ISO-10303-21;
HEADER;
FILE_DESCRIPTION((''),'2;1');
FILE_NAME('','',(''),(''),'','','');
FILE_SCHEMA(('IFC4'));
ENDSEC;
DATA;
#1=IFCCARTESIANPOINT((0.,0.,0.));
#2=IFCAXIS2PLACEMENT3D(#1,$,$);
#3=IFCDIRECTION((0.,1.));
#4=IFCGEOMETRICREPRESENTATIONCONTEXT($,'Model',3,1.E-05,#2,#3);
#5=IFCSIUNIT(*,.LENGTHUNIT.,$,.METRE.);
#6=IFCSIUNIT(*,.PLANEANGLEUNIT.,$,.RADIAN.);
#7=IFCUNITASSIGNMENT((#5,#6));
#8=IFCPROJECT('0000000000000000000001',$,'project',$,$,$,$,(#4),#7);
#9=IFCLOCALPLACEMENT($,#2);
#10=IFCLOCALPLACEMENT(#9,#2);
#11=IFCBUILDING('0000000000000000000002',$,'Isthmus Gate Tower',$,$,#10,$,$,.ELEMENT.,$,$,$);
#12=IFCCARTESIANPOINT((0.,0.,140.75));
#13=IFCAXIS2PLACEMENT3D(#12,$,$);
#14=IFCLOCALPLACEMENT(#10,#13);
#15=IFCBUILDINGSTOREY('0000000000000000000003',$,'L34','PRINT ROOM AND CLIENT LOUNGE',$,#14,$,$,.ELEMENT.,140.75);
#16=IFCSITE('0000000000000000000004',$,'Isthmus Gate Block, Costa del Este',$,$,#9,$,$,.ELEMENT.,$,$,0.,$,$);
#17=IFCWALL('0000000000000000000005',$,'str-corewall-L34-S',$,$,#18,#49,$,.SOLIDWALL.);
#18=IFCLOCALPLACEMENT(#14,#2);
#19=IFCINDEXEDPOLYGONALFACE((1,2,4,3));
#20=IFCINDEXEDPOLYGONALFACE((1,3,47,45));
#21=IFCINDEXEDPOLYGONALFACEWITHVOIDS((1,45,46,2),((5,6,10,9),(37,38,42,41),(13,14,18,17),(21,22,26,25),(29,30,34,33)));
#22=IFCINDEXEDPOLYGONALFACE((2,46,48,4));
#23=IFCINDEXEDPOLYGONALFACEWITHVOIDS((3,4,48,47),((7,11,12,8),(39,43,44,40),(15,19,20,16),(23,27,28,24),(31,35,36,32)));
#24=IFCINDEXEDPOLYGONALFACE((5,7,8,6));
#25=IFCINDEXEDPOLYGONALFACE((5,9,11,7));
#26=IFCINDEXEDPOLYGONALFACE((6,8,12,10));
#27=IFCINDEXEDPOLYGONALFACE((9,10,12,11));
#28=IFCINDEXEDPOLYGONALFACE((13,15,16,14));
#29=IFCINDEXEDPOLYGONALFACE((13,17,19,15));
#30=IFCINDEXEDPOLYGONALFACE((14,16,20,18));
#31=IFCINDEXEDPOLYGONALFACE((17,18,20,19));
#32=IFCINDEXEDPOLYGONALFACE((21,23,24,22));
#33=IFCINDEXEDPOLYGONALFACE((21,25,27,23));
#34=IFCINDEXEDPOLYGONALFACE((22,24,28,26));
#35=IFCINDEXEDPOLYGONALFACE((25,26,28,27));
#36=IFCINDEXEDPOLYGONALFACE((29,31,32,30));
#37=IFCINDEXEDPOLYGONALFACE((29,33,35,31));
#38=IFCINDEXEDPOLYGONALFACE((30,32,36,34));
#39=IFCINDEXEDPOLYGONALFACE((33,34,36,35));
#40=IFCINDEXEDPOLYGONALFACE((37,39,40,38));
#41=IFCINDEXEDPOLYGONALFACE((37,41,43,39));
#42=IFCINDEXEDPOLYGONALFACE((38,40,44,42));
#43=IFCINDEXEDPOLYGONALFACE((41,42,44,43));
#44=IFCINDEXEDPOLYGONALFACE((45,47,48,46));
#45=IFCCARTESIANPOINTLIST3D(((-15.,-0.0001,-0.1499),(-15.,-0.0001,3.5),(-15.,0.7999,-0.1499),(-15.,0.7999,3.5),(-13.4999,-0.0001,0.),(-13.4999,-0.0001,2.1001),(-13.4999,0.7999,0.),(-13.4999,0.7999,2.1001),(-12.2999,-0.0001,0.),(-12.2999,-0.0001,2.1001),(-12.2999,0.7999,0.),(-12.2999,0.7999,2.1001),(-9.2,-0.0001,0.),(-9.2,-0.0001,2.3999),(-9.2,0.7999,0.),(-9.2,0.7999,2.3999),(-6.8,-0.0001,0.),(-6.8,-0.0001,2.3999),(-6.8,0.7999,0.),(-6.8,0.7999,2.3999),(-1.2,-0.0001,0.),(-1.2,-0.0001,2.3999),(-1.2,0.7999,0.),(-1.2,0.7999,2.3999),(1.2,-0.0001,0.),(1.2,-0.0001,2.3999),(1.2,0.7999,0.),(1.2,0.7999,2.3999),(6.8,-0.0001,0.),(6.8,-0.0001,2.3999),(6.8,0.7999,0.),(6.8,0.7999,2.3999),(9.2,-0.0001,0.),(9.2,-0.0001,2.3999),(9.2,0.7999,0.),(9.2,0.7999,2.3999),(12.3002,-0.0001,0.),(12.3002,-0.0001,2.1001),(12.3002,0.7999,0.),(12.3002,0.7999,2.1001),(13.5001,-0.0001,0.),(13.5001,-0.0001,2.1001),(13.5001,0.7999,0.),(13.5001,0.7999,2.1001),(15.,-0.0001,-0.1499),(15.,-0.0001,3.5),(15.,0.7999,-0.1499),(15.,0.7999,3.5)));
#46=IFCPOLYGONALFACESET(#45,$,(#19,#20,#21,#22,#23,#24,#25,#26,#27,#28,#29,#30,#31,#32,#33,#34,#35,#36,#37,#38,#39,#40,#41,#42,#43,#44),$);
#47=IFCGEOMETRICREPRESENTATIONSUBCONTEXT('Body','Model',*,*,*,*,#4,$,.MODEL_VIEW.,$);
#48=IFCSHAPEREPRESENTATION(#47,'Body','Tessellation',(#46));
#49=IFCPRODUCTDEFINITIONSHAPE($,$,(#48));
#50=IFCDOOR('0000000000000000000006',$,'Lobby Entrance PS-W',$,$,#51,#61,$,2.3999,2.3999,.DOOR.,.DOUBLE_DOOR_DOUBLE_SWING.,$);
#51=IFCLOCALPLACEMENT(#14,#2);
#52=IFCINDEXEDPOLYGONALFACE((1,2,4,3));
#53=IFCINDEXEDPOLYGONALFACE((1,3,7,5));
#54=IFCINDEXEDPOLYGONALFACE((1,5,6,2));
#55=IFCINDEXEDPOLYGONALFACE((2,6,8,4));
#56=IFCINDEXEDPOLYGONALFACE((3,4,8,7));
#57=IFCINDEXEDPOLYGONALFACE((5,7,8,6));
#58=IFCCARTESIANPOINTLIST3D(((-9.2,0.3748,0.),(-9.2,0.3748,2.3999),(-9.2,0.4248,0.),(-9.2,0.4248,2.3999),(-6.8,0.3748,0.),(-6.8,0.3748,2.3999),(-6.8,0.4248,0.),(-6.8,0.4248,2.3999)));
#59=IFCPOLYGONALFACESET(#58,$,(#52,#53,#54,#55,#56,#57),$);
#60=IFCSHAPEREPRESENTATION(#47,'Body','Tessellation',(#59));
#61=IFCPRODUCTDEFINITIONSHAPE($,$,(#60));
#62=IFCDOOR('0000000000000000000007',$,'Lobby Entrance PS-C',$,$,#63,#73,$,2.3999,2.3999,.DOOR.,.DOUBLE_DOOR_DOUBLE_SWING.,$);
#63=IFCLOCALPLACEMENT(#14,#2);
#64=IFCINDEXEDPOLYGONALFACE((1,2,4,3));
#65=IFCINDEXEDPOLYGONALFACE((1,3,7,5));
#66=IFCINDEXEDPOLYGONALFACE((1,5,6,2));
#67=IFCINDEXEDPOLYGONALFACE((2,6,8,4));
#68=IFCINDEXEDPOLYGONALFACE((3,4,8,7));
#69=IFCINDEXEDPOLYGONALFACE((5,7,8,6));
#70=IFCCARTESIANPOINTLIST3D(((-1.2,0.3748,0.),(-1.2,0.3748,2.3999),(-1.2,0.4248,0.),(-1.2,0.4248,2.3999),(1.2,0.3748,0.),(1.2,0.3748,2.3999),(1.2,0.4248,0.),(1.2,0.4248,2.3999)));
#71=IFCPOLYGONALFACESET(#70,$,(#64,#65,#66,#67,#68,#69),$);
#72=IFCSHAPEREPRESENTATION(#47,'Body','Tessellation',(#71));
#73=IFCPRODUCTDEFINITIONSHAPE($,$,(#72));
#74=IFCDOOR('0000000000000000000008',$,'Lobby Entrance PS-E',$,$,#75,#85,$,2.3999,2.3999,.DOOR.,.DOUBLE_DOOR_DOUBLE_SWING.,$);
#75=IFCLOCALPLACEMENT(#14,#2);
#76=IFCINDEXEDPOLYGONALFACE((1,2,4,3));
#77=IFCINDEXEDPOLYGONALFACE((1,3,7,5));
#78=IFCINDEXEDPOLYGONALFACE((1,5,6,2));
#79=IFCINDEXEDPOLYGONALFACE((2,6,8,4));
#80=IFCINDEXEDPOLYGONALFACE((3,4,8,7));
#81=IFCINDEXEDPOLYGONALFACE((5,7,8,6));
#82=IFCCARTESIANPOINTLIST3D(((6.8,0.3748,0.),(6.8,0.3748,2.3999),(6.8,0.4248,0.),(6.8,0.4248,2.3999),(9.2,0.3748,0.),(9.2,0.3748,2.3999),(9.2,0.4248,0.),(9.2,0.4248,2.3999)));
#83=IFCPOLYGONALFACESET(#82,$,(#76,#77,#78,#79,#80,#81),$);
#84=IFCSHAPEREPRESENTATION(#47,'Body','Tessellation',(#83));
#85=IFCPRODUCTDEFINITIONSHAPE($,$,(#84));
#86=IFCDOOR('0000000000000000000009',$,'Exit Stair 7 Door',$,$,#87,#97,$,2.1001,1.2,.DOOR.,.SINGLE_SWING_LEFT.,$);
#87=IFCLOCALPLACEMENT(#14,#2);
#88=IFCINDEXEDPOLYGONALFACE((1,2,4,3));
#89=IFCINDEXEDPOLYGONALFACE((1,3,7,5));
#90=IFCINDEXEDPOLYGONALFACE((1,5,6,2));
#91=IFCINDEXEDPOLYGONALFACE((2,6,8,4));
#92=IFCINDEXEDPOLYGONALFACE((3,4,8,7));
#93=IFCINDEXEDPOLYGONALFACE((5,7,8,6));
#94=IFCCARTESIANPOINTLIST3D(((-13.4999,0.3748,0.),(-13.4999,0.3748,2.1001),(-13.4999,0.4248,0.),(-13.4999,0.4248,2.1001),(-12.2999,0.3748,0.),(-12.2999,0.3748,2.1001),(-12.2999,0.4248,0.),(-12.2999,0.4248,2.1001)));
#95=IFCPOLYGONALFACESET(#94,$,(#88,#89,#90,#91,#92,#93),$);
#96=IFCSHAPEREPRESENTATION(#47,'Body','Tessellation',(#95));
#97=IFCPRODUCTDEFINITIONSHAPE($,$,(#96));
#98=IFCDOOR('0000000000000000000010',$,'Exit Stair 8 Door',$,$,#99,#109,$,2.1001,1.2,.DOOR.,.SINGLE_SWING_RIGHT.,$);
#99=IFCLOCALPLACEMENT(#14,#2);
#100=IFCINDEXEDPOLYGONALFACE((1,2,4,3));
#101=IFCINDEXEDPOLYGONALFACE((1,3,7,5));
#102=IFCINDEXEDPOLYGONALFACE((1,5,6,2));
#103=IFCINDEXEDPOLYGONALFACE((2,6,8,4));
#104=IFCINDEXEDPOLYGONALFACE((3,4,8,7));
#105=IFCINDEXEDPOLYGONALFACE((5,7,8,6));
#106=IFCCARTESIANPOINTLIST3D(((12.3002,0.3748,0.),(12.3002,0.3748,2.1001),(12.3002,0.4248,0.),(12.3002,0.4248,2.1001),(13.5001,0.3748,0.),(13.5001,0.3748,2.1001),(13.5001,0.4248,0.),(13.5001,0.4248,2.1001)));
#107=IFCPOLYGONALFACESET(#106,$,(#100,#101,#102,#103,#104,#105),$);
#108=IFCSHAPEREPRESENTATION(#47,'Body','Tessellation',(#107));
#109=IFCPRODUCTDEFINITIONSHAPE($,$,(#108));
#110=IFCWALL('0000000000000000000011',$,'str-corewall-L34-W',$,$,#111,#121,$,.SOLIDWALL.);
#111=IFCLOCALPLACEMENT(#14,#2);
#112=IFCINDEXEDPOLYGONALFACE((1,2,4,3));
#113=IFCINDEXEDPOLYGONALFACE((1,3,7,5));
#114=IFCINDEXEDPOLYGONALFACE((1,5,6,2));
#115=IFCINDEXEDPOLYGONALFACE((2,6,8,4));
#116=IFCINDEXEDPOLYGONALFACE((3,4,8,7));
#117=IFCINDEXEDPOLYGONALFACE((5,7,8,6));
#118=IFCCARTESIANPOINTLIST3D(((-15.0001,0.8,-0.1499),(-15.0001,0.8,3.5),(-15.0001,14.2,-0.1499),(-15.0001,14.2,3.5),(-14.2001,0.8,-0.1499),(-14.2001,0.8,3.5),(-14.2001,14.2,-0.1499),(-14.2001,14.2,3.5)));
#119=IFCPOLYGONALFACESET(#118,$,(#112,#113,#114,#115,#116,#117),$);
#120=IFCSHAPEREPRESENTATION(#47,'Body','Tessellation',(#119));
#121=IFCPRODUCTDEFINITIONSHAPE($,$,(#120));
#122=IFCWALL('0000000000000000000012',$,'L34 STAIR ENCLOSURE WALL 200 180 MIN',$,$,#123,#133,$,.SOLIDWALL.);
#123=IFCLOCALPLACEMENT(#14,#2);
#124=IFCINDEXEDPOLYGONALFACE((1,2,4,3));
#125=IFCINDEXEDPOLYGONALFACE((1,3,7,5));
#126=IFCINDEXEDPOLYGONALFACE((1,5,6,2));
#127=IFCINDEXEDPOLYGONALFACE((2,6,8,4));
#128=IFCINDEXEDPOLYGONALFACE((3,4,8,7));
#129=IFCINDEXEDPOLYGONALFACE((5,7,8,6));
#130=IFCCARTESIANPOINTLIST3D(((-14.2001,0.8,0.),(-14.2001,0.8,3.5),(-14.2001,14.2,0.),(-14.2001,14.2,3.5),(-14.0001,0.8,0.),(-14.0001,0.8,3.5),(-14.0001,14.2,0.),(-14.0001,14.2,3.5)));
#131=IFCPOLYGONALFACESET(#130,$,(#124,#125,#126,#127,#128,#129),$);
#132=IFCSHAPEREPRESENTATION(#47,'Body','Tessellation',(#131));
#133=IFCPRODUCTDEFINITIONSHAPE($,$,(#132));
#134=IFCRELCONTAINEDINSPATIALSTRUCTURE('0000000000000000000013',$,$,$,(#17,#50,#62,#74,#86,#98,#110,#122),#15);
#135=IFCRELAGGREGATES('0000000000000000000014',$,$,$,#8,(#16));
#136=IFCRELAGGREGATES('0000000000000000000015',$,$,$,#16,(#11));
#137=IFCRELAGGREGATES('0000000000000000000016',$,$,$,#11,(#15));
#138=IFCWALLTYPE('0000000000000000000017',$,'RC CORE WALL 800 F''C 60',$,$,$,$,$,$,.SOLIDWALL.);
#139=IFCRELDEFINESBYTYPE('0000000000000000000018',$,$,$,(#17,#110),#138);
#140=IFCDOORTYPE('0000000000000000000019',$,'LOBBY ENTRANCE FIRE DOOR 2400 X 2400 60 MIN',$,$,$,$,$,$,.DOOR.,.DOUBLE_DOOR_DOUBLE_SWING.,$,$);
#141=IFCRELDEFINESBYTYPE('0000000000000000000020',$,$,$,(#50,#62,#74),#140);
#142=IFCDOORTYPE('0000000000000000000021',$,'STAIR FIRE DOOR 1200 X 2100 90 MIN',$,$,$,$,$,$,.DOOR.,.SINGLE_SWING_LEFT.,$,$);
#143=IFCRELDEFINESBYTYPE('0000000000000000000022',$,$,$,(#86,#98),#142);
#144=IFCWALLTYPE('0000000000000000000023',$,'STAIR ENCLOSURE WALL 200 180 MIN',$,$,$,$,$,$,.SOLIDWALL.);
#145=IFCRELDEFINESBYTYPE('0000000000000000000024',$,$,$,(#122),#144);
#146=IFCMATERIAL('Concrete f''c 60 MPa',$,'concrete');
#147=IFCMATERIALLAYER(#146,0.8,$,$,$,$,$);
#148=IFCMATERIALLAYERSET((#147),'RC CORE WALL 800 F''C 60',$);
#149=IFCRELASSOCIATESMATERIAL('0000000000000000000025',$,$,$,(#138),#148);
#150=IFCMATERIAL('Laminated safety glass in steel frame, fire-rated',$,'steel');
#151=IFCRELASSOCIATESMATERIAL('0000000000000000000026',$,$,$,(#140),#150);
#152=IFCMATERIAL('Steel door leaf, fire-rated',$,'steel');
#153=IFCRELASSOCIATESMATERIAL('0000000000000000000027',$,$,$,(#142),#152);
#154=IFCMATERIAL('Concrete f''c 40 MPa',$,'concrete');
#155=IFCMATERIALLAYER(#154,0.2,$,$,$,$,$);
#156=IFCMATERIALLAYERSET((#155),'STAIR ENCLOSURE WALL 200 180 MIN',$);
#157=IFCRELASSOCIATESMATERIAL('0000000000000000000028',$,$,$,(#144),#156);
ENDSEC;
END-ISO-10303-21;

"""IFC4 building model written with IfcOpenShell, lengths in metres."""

from ifc_helpers import new_model, si_unit, direction, frame, frame_2d, origin, place, context, subcontext, project, spatial, rectangle, extrude, material, layer, layer_set, type_object, element, fill, save


model = new_model("IFC4")

# Units and contexts
model_context = context("Model", 3, precision=1e-05, world=origin(), true_north=direction((0.0, 1.0)))
body_context = subcontext(model_context, "Body", "Model", "MODEL_VIEW")
ifc_project = project(units=[si_unit("LENGTHUNIT", "METRE"), si_unit("PLANEANGLEUNIT", "RADIAN")], contexts=[model_context])

# Site, building, storey
site_placement = place(None, origin())
site = spatial("IfcSite", under=ifc_project, at=site_placement, Name="Isthmus Gate Block, Costa del Este", CompositionType="ELEMENT", RefElevation=0.0)
building_placement = place(site_placement, origin())
building = spatial("IfcBuilding", under=site, at=building_placement, Name="Isthmus Gate Tower", CompositionType="ELEMENT")
storey_placement = place(building_placement, frame((0.0, 0.0, 140.75)))
storey = spatial("IfcBuildingStorey", under=building, at=storey_placement, Name="L34", Description="PRINT ROOM AND CLIENT LOUNGE", CompositionType="ELEMENT", Elevation=140.75)

# Wall, openings, doors
ifc_material_1 = material(Name="Concrete f'c 60 MPa", Category="concrete")
ifc_layer_1 = layer(ifc_material_1, 0.8)
ifc_layer_set_1 = layer_set([ifc_layer_1], Name="RC CORE WALL 800 F'C 60")
wall_type_1 = type_object("IfcWallType", Name="RC CORE WALL 800 F'C 60", PredefinedType="SOLIDWALL", material=ifc_layer_set_1)
wall_1_placement = place(storey_placement, frame((-15.0, 0.3999, -0.1499), z_axis=(0.0, 0.0, 1.0), x_axis=(1.0, 0.0, 0.0)))
wall_1 = element("IfcWall", 1, at=wall_1_placement, inside=storey, type_object=wall_type_1, Name="str-corewall-L34-S", PredefinedType="SOLIDWALL", context=body_context, shape_type="SweptSolid", body=[
    extrude(rectangle(XDim=30.0, YDim=0.8, at=frame_2d((15.0, 0.0))), origin(), (0.0, 0.0, 1.0), 3.6499),
])
opening_1_placement = place(wall_1_placement, frame((5.8, 0.0, 0.1499)))
opening_1 = element("IfcOpeningElement", 2, at=opening_1_placement, cuts=wall_1, PredefinedType="OPENING", context=body_context, shape_type="SweptSolid", body=[
    extrude(rectangle(XDim=2.3999, YDim=2.3999, at=frame_2d((1.2, 1.2))), frame((0.0, 0.4099, 0.0), z_axis=(0.0, -1.0, 0.0), x_axis=(1.0, 0.0, 0.0)), (0.0, 0.0, 1.0), 0.8201),
])
opening_2_placement = place(wall_1_placement, frame((13.8, 0.0, 0.1499)))
opening_2 = element("IfcOpeningElement", 3, at=opening_2_placement, cuts=wall_1, PredefinedType="OPENING", context=body_context, shape_type="SweptSolid", body=[
    extrude(rectangle(XDim=2.3999, YDim=2.3999, at=frame_2d((1.2, 1.2))), frame((0.0, 0.4099, 0.0), z_axis=(0.0, -1.0, 0.0), x_axis=(1.0, 0.0, 0.0)), (0.0, 0.0, 1.0), 0.8201),
])
opening_3_placement = place(wall_1_placement, frame((21.8, 0.0, 0.1499)))
opening_3 = element("IfcOpeningElement", 4, at=opening_3_placement, cuts=wall_1, PredefinedType="OPENING", context=body_context, shape_type="SweptSolid", body=[
    extrude(rectangle(XDim=2.3999, YDim=2.3999, at=frame_2d((1.2, 1.2))), frame((0.0, 0.4099, 0.0), z_axis=(0.0, -1.0, 0.0), x_axis=(1.0, 0.0, 0.0)), (0.0, 0.0, 1.0), 0.8201),
])
opening_4_placement = place(wall_1_placement, frame((1.5, 0.0, 0.1499)))
opening_4 = element("IfcOpeningElement", 5, at=opening_4_placement, cuts=wall_1, PredefinedType="OPENING", context=body_context, shape_type="SweptSolid", body=[
    extrude(rectangle(XDim=1.2, YDim=2.1001, at=frame_2d((0.6001, 1.05))), frame((0.0, 0.4099, 0.0), z_axis=(0.0, -1.0, 0.0), x_axis=(1.0, 0.0, 0.0)), (0.0, 0.0, 1.0), 0.8201),
])
opening_5_placement = place(wall_1_placement, frame((27.3, 0.0, 0.1499)))
opening_5 = element("IfcOpeningElement", 6, at=opening_5_placement, cuts=wall_1, PredefinedType="OPENING", context=body_context, shape_type="SweptSolid", body=[
    extrude(rectangle(XDim=1.2, YDim=2.1001, at=frame_2d((0.6001, 1.05))), frame((0.0, 0.4099, 0.0), z_axis=(0.0, -1.0, 0.0), x_axis=(1.0, 0.0, 0.0)), (0.0, 0.0, 1.0), 0.8201),
])
ifc_material_2 = material(Name="Laminated safety glass in steel frame, fire-rated", Category="steel")
door_type_1 = type_object("IfcDoorType", Name="LOBBY ENTRANCE FIRE DOOR 2400 X 2400 60 MIN", OperationType="DOUBLE_DOOR_DOUBLE_SWING", PredefinedType="DOOR", material=ifc_material_2)
door_1_placement = place(opening_1_placement, origin())
door_1 = element("IfcDoor", 7, at=door_1_placement, inside=storey, type_object=door_type_1, Name="Lobby Entrance PS-W", OperationType="DOUBLE_DOOR_DOUBLE_SWING", OverallHeight=2.3999, OverallWidth=2.3999, PredefinedType="DOOR", context=body_context, shape_type="SweptSolid", body=[
    extrude(rectangle(XDim=2.3999, YDim=2.3999, at=frame_2d((1.2, 1.2))), frame((0.0, 0.0249, 0.0), z_axis=(0.0, -1.0, 0.0), x_axis=(1.0, 0.0, 0.0)), (0.0, 0.0, 1.0), 0.05),
])
fill(opening_1, door_1)
door_2_placement = place(opening_2_placement, origin())
door_2 = element("IfcDoor", 8, at=door_2_placement, inside=storey, type_object=door_type_1, Name="Lobby Entrance PS-C", OperationType="DOUBLE_DOOR_DOUBLE_SWING", OverallHeight=2.3999, OverallWidth=2.3999, PredefinedType="DOOR", context=body_context, shape_type="SweptSolid", body=[
    extrude(rectangle(XDim=2.3999, YDim=2.3999, at=frame_2d((1.2, 1.2))), frame((0.0, 0.0249, 0.0), z_axis=(0.0, -1.0, 0.0), x_axis=(1.0, 0.0, 0.0)), (0.0, 0.0, 1.0), 0.05),
])
fill(opening_2, door_2)
door_3_placement = place(opening_3_placement, origin())
door_3 = element("IfcDoor", 9, at=door_3_placement, inside=storey, type_object=door_type_1, Name="Lobby Entrance PS-E", OperationType="DOUBLE_DOOR_DOUBLE_SWING", OverallHeight=2.3999, OverallWidth=2.3999, PredefinedType="DOOR", context=body_context, shape_type="SweptSolid", body=[
    extrude(rectangle(XDim=2.3999, YDim=2.3999, at=frame_2d((1.2, 1.2))), frame((0.0, 0.0249, 0.0), z_axis=(0.0, -1.0, 0.0), x_axis=(1.0, 0.0, 0.0)), (0.0, 0.0, 1.0), 0.05),
])
fill(opening_3, door_3)
ifc_material_3 = material(Name="Steel door leaf, fire-rated", Category="steel")
door_type_2 = type_object("IfcDoorType", Name="STAIR FIRE DOOR 1200 X 2100 90 MIN", OperationType="SINGLE_SWING_LEFT", PredefinedType="DOOR", material=ifc_material_3)
door_4_placement = place(opening_4_placement, origin())
door_4 = element("IfcDoor", 10, at=door_4_placement, inside=storey, type_object=door_type_2, Name="Exit Stair 7 Door", OperationType="SINGLE_SWING_LEFT", OverallHeight=2.1001, OverallWidth=1.2, PredefinedType="DOOR", context=body_context, shape_type="SweptSolid", body=[
    extrude(rectangle(XDim=1.2, YDim=2.1001, at=frame_2d((0.6001, 1.05))), frame((0.0, 0.0249, 0.0), z_axis=(0.0, -1.0, 0.0), x_axis=(1.0, 0.0, 0.0)), (0.0, 0.0, 1.0), 0.05),
])
fill(opening_4, door_4)
door_5_placement = place(opening_5_placement, origin())
door_5 = element("IfcDoor", 11, at=door_5_placement, inside=storey, type_object=door_type_2, Name="Exit Stair 8 Door", OperationType="SINGLE_SWING_RIGHT", OverallHeight=2.1001, OverallWidth=1.2, PredefinedType="DOOR", context=body_context, shape_type="SweptSolid", body=[
    extrude(rectangle(XDim=1.2, YDim=2.1001, at=frame_2d((0.6001, 1.05))), frame((0.0, 0.0249, 0.0), z_axis=(0.0, -1.0, 0.0), x_axis=(1.0, 0.0, 0.0)), (0.0, 0.0, 1.0), 0.05),
])
fill(opening_5, door_5)

# Walls
wall_2_placement = place(storey_placement, frame((-14.6001, 0.8, -0.1499), z_axis=(0.0, 0.0, 1.0), x_axis=(0.0, 1.0, 0.0)))
element("IfcWall", 12, at=wall_2_placement, inside=storey, type_object=wall_type_1, Name="str-corewall-L34-W", PredefinedType="SOLIDWALL", context=body_context, shape_type="SweptSolid", body=[
    extrude(rectangle(XDim=13.3999, YDim=0.8, at=frame_2d((6.7, 0.0))), origin(), (0.0, 0.0, 1.0), 3.6499),
])
ifc_material_4 = material(Name="Concrete f'c 40 MPa", Category="concrete")
ifc_layer_2 = layer(ifc_material_4, 0.2)
ifc_layer_set_2 = layer_set([ifc_layer_2], Name="STAIR ENCLOSURE WALL 200 180 MIN")
wall_type_2 = type_object("IfcWallType", Name="STAIR ENCLOSURE WALL 200 180 MIN", PredefinedType="SOLIDWALL", material=ifc_layer_set_2)
wall_3_placement = place(storey_placement, frame((-14.1001, 0.8, 0.0), z_axis=(0.0, 0.0, 1.0), x_axis=(0.0, 1.0, 0.0)))
element("IfcWall", 13, at=wall_3_placement, inside=storey, type_object=wall_type_2, Name="L34 STAIR ENCLOSURE WALL 200 180 MIN", PredefinedType="SOLIDWALL", context=body_context, shape_type="SweptSolid", body=[
    extrude(rectangle(XDim=13.3999, YDim=0.2, at=frame_2d((6.7, 0.0))), origin(), (0.0, 0.0, 1.0), 3.5),
])

save(model, "model.ifc")
